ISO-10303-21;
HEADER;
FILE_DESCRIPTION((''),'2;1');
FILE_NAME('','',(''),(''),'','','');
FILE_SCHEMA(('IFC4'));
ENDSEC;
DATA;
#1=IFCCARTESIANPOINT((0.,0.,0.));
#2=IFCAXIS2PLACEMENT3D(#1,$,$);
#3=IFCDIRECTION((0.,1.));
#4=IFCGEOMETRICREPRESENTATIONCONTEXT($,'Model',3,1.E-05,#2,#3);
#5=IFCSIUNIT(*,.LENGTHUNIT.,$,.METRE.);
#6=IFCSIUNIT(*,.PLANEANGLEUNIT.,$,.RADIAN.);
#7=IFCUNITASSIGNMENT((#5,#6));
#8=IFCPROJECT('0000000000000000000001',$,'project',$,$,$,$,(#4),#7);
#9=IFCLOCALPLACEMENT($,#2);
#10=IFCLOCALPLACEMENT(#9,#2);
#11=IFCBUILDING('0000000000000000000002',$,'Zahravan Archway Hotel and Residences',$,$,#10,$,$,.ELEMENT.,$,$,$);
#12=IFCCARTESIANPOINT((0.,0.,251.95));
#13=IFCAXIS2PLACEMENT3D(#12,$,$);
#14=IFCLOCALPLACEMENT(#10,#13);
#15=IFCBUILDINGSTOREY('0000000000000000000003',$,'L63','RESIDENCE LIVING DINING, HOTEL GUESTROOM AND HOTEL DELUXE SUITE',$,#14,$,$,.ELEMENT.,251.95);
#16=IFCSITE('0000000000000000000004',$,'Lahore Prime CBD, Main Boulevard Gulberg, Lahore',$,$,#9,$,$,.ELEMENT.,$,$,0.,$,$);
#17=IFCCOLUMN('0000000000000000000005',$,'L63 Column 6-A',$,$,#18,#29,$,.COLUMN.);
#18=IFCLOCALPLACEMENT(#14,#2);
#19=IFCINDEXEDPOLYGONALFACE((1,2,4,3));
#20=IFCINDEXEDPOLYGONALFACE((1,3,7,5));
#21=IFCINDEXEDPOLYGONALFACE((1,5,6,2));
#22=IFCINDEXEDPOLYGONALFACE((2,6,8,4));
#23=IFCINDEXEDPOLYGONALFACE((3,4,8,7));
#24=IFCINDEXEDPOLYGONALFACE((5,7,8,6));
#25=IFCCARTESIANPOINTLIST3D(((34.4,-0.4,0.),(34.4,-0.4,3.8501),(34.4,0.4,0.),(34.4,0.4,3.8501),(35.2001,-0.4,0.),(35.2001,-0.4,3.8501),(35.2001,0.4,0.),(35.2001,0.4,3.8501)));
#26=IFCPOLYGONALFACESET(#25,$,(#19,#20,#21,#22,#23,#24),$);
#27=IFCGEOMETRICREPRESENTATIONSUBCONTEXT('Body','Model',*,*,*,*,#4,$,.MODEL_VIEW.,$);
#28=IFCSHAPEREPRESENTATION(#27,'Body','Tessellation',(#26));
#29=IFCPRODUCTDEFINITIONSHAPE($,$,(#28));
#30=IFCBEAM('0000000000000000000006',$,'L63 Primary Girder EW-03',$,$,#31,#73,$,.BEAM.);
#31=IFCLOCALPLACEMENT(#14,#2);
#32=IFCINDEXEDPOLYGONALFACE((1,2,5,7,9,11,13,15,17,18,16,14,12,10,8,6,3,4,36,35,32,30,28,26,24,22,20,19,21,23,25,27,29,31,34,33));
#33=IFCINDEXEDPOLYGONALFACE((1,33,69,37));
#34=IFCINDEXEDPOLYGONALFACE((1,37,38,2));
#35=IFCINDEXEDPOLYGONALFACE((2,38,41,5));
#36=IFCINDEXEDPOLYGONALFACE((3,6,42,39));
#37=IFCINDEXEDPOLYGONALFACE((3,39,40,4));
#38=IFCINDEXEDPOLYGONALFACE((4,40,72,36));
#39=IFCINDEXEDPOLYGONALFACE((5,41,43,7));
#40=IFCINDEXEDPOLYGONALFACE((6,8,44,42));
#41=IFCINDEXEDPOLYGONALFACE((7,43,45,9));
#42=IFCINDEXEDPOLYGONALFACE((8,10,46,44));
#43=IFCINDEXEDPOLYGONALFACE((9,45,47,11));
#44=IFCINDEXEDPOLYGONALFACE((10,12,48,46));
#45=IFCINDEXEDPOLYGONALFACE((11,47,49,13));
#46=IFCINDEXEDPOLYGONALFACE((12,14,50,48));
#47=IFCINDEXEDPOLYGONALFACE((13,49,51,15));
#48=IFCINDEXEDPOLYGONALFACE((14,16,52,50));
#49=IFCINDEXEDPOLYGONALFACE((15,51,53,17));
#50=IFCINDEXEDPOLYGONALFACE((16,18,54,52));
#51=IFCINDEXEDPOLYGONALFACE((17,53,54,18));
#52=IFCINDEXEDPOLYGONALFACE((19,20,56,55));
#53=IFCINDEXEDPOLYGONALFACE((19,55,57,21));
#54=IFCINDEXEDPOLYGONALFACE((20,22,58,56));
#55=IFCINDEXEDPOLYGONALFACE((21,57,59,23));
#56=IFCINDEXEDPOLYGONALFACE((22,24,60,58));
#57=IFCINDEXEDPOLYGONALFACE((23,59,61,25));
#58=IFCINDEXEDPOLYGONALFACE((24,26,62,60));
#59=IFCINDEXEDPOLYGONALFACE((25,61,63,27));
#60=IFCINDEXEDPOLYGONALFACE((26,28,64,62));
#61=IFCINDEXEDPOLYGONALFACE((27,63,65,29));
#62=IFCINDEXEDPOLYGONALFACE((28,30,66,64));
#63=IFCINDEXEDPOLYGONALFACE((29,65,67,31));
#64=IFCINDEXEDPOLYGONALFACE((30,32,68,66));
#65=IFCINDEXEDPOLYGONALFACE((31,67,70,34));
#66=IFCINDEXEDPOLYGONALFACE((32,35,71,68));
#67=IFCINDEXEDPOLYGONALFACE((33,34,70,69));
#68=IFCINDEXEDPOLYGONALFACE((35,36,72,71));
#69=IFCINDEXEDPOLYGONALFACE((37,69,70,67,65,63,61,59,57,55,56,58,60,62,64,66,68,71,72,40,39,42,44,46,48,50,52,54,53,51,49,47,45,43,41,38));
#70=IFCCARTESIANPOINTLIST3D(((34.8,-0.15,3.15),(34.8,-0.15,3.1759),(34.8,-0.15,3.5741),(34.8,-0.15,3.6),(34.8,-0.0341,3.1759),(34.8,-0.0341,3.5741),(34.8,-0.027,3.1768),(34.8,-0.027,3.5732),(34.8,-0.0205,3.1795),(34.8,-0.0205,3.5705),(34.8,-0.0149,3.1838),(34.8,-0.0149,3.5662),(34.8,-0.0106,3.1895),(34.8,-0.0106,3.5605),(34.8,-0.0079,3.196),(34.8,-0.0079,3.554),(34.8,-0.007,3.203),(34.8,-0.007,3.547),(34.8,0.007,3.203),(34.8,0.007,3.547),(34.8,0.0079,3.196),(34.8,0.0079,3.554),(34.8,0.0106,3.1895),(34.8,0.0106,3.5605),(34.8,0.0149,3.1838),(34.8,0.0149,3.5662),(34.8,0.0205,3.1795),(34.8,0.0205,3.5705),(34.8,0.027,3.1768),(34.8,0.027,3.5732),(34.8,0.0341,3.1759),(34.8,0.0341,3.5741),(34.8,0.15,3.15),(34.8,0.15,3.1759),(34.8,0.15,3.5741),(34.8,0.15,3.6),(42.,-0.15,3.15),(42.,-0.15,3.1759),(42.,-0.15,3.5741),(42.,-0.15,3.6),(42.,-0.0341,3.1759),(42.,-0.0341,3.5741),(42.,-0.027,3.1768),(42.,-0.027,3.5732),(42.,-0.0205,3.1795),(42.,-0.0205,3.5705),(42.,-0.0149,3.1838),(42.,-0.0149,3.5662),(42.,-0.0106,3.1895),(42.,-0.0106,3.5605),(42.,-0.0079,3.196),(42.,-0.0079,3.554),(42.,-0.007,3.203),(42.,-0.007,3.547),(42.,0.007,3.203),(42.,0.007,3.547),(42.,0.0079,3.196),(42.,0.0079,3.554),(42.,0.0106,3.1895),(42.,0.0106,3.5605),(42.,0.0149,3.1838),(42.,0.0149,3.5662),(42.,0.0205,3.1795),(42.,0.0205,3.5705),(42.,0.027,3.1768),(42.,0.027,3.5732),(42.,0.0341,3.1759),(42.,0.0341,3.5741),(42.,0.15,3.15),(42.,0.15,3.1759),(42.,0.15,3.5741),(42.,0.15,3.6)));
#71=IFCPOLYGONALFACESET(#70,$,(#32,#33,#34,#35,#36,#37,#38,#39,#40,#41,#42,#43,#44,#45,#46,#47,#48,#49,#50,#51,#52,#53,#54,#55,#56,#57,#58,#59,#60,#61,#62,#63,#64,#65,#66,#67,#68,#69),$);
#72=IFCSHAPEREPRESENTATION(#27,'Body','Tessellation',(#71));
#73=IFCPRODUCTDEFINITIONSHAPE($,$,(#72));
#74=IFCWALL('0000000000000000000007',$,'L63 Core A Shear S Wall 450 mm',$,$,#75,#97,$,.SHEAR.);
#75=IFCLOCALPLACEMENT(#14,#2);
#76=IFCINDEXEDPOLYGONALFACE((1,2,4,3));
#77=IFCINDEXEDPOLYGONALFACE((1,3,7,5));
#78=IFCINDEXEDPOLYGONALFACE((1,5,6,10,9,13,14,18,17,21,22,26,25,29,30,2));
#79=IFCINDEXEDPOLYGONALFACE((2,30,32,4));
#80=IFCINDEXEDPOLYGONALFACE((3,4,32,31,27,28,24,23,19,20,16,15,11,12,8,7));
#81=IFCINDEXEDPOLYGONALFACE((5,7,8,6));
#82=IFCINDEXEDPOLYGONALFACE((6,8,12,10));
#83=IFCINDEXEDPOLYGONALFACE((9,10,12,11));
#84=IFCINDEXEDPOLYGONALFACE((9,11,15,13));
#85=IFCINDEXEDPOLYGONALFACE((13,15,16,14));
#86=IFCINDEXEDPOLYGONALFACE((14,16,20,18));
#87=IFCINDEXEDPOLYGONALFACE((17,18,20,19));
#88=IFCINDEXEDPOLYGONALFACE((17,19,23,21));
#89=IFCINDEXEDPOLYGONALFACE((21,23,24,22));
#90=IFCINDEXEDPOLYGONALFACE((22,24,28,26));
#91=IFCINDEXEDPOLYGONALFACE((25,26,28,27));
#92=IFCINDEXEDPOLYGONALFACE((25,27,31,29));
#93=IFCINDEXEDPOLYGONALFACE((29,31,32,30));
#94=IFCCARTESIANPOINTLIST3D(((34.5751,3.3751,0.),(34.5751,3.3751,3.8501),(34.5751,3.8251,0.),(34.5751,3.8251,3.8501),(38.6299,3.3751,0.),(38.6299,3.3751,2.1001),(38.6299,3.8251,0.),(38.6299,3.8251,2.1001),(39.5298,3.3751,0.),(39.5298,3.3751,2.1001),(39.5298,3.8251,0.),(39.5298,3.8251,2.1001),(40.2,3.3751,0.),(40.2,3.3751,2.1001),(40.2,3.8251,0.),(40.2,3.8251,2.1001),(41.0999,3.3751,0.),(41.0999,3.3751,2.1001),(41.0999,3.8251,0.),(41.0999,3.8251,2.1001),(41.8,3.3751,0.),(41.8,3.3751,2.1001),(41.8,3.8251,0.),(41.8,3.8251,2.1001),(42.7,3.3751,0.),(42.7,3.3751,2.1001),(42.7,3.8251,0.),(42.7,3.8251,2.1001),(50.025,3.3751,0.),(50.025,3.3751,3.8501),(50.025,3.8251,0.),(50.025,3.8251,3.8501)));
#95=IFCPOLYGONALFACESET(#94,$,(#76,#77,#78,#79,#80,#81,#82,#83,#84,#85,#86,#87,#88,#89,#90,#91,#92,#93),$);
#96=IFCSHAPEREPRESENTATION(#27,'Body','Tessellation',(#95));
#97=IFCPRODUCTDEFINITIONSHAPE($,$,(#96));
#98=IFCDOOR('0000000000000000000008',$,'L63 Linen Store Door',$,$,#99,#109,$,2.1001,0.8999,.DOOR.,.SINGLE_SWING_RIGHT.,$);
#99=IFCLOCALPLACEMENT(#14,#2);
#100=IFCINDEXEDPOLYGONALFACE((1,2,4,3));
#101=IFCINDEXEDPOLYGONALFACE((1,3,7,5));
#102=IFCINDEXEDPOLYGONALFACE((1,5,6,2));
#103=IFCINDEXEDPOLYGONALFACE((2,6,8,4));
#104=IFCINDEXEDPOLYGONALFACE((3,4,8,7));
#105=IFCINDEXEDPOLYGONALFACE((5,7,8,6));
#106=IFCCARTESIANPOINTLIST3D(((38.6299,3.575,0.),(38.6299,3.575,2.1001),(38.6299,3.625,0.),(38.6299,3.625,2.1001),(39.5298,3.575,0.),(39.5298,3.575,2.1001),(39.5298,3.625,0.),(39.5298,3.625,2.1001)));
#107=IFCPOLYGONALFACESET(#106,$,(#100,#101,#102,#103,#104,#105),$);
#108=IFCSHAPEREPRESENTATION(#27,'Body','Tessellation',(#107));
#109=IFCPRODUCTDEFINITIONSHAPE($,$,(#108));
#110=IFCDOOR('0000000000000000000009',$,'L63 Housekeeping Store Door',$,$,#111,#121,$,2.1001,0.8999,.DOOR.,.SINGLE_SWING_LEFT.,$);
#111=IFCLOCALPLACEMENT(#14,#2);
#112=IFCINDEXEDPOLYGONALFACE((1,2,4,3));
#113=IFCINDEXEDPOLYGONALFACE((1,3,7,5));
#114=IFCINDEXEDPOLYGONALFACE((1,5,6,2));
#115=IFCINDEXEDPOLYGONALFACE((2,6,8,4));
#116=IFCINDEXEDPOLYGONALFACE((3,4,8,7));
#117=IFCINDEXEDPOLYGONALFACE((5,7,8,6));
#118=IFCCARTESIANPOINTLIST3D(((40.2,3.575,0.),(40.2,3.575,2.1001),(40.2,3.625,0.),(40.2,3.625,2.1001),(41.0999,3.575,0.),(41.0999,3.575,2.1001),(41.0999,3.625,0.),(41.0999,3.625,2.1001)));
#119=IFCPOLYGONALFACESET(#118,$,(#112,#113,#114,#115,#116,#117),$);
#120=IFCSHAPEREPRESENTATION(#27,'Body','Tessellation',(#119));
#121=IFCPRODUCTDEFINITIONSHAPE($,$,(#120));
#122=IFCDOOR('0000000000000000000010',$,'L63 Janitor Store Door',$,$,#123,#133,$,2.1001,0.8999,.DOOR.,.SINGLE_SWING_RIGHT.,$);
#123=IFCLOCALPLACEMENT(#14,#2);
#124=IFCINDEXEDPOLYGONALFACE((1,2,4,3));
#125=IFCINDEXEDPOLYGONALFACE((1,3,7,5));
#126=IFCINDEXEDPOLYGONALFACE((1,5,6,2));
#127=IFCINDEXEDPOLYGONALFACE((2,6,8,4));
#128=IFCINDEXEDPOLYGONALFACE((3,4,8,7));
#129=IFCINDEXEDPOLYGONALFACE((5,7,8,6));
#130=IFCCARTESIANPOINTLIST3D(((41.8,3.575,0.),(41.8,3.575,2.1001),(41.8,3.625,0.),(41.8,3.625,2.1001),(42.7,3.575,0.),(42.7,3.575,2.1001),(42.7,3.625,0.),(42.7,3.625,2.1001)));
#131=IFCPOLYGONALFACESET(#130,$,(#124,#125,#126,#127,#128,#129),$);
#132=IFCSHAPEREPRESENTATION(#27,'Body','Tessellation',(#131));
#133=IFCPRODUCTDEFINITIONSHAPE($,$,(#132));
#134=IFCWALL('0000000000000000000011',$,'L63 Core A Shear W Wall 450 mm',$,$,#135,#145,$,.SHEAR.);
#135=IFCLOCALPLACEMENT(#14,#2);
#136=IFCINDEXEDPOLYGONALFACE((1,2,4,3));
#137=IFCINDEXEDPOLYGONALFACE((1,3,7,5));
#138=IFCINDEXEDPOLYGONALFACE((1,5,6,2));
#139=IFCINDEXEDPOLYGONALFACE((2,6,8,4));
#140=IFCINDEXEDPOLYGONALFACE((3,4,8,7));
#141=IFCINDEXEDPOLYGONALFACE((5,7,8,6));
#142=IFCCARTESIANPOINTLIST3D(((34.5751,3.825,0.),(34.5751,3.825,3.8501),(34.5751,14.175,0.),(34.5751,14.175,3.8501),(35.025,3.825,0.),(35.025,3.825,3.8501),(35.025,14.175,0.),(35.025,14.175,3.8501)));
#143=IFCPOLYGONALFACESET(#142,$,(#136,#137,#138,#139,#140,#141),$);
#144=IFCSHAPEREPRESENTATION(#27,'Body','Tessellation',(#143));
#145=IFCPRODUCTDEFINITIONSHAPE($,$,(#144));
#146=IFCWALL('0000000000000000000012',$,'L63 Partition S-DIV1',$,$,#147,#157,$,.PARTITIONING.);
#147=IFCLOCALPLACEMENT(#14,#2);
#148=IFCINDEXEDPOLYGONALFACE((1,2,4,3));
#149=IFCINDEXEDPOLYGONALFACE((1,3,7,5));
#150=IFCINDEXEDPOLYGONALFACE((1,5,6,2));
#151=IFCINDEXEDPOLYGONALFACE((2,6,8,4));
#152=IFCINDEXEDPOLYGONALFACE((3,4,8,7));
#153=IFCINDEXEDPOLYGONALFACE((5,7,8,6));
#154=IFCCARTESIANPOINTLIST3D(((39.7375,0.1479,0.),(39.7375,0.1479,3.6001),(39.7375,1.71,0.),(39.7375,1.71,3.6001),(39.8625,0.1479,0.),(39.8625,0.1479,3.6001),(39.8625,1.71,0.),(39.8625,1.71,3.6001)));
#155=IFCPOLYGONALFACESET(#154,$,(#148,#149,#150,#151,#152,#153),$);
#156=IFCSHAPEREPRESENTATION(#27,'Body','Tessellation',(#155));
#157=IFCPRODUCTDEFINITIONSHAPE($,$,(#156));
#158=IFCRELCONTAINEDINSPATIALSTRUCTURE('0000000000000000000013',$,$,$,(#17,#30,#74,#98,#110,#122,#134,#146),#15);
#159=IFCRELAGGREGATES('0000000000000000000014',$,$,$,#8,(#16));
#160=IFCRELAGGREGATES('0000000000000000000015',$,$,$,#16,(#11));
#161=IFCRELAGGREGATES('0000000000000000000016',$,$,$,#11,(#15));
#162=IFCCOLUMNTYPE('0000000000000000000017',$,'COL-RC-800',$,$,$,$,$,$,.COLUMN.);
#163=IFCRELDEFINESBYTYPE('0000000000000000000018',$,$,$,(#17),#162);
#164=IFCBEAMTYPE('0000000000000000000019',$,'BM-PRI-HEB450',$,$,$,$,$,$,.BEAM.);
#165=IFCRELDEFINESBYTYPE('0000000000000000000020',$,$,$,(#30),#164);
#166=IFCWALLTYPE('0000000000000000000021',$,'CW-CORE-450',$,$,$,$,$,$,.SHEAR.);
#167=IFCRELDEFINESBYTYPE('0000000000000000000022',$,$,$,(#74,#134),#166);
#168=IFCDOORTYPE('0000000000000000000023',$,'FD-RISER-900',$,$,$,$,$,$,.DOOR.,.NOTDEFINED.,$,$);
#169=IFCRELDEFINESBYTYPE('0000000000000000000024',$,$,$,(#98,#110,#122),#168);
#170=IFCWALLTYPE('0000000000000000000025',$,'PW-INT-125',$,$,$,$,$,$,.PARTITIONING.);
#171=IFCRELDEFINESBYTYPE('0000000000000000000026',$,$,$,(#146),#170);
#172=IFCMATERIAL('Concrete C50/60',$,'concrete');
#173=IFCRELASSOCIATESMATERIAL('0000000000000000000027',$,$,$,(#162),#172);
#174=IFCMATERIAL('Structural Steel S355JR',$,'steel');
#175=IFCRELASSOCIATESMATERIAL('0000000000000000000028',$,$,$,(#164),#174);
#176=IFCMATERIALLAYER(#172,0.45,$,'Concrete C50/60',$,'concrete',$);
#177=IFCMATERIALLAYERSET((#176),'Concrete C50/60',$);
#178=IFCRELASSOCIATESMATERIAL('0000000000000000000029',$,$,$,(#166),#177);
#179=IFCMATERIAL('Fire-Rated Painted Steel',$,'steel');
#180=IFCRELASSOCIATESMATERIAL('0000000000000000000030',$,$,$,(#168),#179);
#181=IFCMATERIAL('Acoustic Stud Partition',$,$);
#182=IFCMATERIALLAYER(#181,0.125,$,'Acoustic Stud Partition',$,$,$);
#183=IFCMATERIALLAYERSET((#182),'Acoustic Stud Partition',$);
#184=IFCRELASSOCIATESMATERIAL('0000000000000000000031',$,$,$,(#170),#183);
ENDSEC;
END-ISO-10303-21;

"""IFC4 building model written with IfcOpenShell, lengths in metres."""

from ifc_helpers import new_model, si_unit, direction, frame, frame_2d, origin, origin_2d, place, context, subcontext, project, spatial, rectangle, i_section, extrude, source, transform, mapped, material, layer, layer_set, material_profile, profile_set, type_object, type_shapes, element, fill, save


model = new_model("IFC4")

# Units and contexts
model_context = context("Model", 3, precision=1e-05, world=origin(), true_north=direction((0.0, 1.0)))
body_context = subcontext(model_context, "Body", "Model", "MODEL_VIEW")
ifc_project = project(units=[si_unit("LENGTHUNIT", "METRE"), si_unit("PLANEANGLEUNIT", "RADIAN")], contexts=[model_context])

# Site, building, storey
site_placement = place(None, origin())
site = spatial("IfcSite", under=ifc_project, at=site_placement, Name="Lahore Prime CBD, Main Boulevard Gulberg, Lahore", CompositionType="ELEMENT", RefElevation=0.0)
building_placement = place(site_placement, origin())
building = spatial("IfcBuilding", under=site, at=building_placement, Name="Zahravan Archway Hotel and Residences", CompositionType="ELEMENT")
storey_placement = place(building_placement, frame((0.0, 0.0, 251.95)))
storey = spatial("IfcBuildingStorey", under=building, at=storey_placement, Name="L63", Description="RESIDENCE LIVING DINING, HOTEL GUESTROOM AND HOTEL DELUXE SUITE", CompositionType="ELEMENT", Elevation=251.95)

# Column
ifc_material_1 = material(Name="Concrete C50/60", Category="concrete")
ifc_material_profile_1 = material_profile(ifc_material_1, rectangle(XDim=0.8, YDim=0.8, at=origin_2d()), Name="RC-COL-800x800", Category="concrete")
ifc_profile_set_1 = profile_set([ifc_material_profile_1], Name="Concrete C50/60")
column_type = type_object("IfcColumnType", Name="COL-RC-800", PredefinedType="COLUMN", material=ifc_profile_set_1)
shared_shape_1 = source(origin(), body_context, "Body", "SweptSolid", [
    extrude(rectangle(XDim=0.8, YDim=0.8, at=origin_2d()), origin(), (0.0, 0.0, 1.0), 3.8501),
])
column_placement = place(storey_placement, frame((34.8, 0.0, 0.0), z_axis=(0.0, 0.0, 1.0), x_axis=(1.0, 0.0, 0.0)))
element("IfcColumn", 1, at=column_placement, inside=storey, type_object=column_type, Name="L63 Column 6-A", PredefinedType="COLUMN", context=body_context, shape_type="MappedRepresentation", body=[
    mapped(shared_shape_1, transform((0.0, 0.0, 0.0), scale=1.0)),
])

# Beam
ifc_material_2 = material(Name="Structural Steel S355JR", Category="steel")
ifc_material_profile_2 = material_profile(ifc_material_2, i_section(OverallWidth=0.3, OverallDepth=0.45, WebThickness=0.0139, FlangeThickness=0.0259, FilletRadius=0.0271, at=origin_2d()), Name="HEB 450", Category="steel")
ifc_profile_set_2 = profile_set([ifc_material_profile_2], Name="Structural Steel S355JR")
beam_type = type_object("IfcBeamType", Name="BM-PRI-HEB450", PredefinedType="BEAM", material=ifc_profile_set_2)
shared_shape_2 = source(origin(), body_context, "Body", "SweptSolid", [
    extrude(i_section(OverallWidth=0.3, OverallDepth=0.45, WebThickness=0.0139, FlangeThickness=0.0259, FilletRadius=0.0271, at=origin_2d()), origin(), (0.0, 0.0, 1.0), 7.2),
])
beam_placement = place(storey_placement, frame((34.8, 0.0, 3.375), z_axis=(1.0, 0.0, 0.0), x_axis=(0.0, 1.0, 0.0)))
element("IfcBeam", 2, at=beam_placement, inside=storey, type_object=beam_type, Name="L63 Primary Girder EW-03", PredefinedType="BEAM", context=body_context, shape_type="MappedRepresentation", body=[
    mapped(shared_shape_2, transform((0.0, 0.0, 0.0), scale=1.0)),
])

# Wall, openings, doors
ifc_layer_1 = layer(ifc_material_1, 0.45, Name="Concrete C50/60", Category="concrete")
ifc_layer_set_1 = layer_set([ifc_layer_1], Name="Concrete C50/60")
wall_type_1 = type_object("IfcWallType", Name="CW-CORE-450", PredefinedType="SHEAR", material=ifc_layer_set_1)
wall_1_placement = place(storey_placement, frame((34.575, 3.6001, 0.0), z_axis=(0.0, 0.0, 1.0), x_axis=(1.0, 0.0, 0.0)))
wall_1 = element("IfcWall", 3, at=wall_1_placement, inside=storey, type_object=wall_type_1, Name="L63 Core A Shear S Wall 450 mm", PredefinedType="SHEAR", context=body_context, shape_type="SweptSolid", body=[
    extrude(rectangle(XDim=15.45, YDim=0.45, at=frame_2d((7.7251, 0.0))), origin(), (0.0, 0.0, 1.0), 3.8501),
])
opening_1_placement = place(wall_1_placement, frame((4.0549, 0.0, 0.0)))
opening_1 = element("IfcOpeningElement", 4, at=opening_1_placement, cuts=wall_1, PredefinedType="OPENING", context=body_context, shape_type="SweptSolid", body=[
    extrude(rectangle(XDim=0.8999, YDim=2.1001, at=frame_2d((0.45, 1.05))), frame((0.0, 0.2349, 0.0), z_axis=(0.0, -1.0, 0.0), x_axis=(1.0, 0.0, 0.0)), (0.0, 0.0, 1.0), 0.47),
])
opening_2_placement = place(wall_1_placement, frame((5.625, 0.0, 0.0)))
opening_2 = element("IfcOpeningElement", 5, at=opening_2_placement, cuts=wall_1, PredefinedType="OPENING", context=body_context, shape_type="SweptSolid", body=[
    extrude(rectangle(XDim=0.8999, YDim=2.1001, at=frame_2d((0.45, 1.05))), frame((0.0, 0.2349, 0.0), z_axis=(0.0, -1.0, 0.0), x_axis=(1.0, 0.0, 0.0)), (0.0, 0.0, 1.0), 0.47),
])
opening_3_placement = place(wall_1_placement, frame((7.2251, 0.0, 0.0)))
opening_3 = element("IfcOpeningElement", 6, at=opening_3_placement, cuts=wall_1, PredefinedType="OPENING", context=body_context, shape_type="SweptSolid", body=[
    extrude(rectangle(XDim=0.8999, YDim=2.1001, at=frame_2d((0.45, 1.05))), frame((0.0, 0.2349, 0.0), z_axis=(0.0, -1.0, 0.0), x_axis=(1.0, 0.0, 0.0)), (0.0, 0.0, 1.0), 0.47),
])
ifc_material_3 = material(Name="Fire-Rated Painted Steel", Category="steel")
door_type = type_object("IfcDoorType", Name="FD-RISER-900", OperationType="NOTDEFINED", PredefinedType="DOOR", material=ifc_material_3)
shared_shape_3 = source(origin(), body_context, "Body", "SweptSolid", [
    extrude(rectangle(XDim=0.8999, YDim=2.1001, at=frame_2d((0.45, 1.05))), frame((0.0, 0.0249, 0.0), z_axis=(0.0, -1.0, 0.0), x_axis=(1.0, 0.0, 0.0)), (0.0, 0.0, 1.0), 0.05),
])
type_shapes(door_type, [shared_shape_3])
door_1_placement = place(opening_1_placement, origin())
door_1 = element("IfcDoor", 7, at=door_1_placement, inside=storey, type_object=door_type, Name="L63 Linen Store Door", OperationType="SINGLE_SWING_RIGHT", OverallHeight=2.1001, OverallWidth=0.8999, PredefinedType="DOOR", context=body_context, shape_type="MappedRepresentation", body=[
    mapped(shared_shape_3, transform((0.0, 0.0, 0.0), scale=1.0)),
])
fill(opening_1, door_1)
door_2_placement = place(opening_2_placement, origin())
door_2 = element("IfcDoor", 8, at=door_2_placement, inside=storey, type_object=door_type, Name="L63 Housekeeping Store Door", OperationType="SINGLE_SWING_LEFT", OverallHeight=2.1001, OverallWidth=0.8999, PredefinedType="DOOR", context=body_context, shape_type="MappedRepresentation", body=[
    mapped(shared_shape_3, transform((0.0, 0.0, 0.0), scale=1.0)),
])
fill(opening_2, door_2)
door_3_placement = place(opening_3_placement, origin())
door_3 = element("IfcDoor", 9, at=door_3_placement, inside=storey, type_object=door_type, Name="L63 Janitor Store Door", OperationType="SINGLE_SWING_RIGHT", OverallHeight=2.1001, OverallWidth=0.8999, PredefinedType="DOOR", context=body_context, shape_type="MappedRepresentation", body=[
    mapped(shared_shape_3, transform((0.0, 0.0, 0.0), scale=1.0)),
])
fill(opening_3, door_3)

# Walls
wall_2_placement = place(storey_placement, frame((34.8, 3.825, 0.0), z_axis=(0.0, 0.0, 1.0), x_axis=(0.0, 1.0, 0.0)))
element("IfcWall", 10, at=wall_2_placement, inside=storey, type_object=wall_type_1, Name="L63 Core A Shear W Wall 450 mm", PredefinedType="SHEAR", context=body_context, shape_type="SweptSolid", body=[
    extrude(rectangle(XDim=10.3501, YDim=0.45, at=frame_2d((5.175, 0.0))), origin(), (0.0, 0.0, 1.0), 3.8501),
])
ifc_material_4 = material(Name="Acoustic Stud Partition")
ifc_layer_2 = layer(ifc_material_4, 0.125, Name="Acoustic Stud Partition")
ifc_layer_set_2 = layer_set([ifc_layer_2], Name="Acoustic Stud Partition")
wall_type_2 = type_object("IfcWallType", Name="PW-INT-125", PredefinedType="PARTITIONING", material=ifc_layer_set_2)
wall_3_placement = place(storey_placement, frame((39.8, 0.1479, 0.0), z_axis=(0.0, 0.0, 1.0), x_axis=(0.0, 1.0, 0.0)))
element("IfcWall", 11, at=wall_3_placement, inside=storey, type_object=wall_type_2, Name="L63 Partition S-DIV1", PredefinedType="PARTITIONING", context=body_context, shape_type="SweptSolid", body=[
    extrude(rectangle(XDim=1.562, YDim=0.125, at=frame_2d((0.781, 0.0))), origin(), (0.0, 0.0, 1.0), 3.6001),
])

save(model, "model.ifc")
